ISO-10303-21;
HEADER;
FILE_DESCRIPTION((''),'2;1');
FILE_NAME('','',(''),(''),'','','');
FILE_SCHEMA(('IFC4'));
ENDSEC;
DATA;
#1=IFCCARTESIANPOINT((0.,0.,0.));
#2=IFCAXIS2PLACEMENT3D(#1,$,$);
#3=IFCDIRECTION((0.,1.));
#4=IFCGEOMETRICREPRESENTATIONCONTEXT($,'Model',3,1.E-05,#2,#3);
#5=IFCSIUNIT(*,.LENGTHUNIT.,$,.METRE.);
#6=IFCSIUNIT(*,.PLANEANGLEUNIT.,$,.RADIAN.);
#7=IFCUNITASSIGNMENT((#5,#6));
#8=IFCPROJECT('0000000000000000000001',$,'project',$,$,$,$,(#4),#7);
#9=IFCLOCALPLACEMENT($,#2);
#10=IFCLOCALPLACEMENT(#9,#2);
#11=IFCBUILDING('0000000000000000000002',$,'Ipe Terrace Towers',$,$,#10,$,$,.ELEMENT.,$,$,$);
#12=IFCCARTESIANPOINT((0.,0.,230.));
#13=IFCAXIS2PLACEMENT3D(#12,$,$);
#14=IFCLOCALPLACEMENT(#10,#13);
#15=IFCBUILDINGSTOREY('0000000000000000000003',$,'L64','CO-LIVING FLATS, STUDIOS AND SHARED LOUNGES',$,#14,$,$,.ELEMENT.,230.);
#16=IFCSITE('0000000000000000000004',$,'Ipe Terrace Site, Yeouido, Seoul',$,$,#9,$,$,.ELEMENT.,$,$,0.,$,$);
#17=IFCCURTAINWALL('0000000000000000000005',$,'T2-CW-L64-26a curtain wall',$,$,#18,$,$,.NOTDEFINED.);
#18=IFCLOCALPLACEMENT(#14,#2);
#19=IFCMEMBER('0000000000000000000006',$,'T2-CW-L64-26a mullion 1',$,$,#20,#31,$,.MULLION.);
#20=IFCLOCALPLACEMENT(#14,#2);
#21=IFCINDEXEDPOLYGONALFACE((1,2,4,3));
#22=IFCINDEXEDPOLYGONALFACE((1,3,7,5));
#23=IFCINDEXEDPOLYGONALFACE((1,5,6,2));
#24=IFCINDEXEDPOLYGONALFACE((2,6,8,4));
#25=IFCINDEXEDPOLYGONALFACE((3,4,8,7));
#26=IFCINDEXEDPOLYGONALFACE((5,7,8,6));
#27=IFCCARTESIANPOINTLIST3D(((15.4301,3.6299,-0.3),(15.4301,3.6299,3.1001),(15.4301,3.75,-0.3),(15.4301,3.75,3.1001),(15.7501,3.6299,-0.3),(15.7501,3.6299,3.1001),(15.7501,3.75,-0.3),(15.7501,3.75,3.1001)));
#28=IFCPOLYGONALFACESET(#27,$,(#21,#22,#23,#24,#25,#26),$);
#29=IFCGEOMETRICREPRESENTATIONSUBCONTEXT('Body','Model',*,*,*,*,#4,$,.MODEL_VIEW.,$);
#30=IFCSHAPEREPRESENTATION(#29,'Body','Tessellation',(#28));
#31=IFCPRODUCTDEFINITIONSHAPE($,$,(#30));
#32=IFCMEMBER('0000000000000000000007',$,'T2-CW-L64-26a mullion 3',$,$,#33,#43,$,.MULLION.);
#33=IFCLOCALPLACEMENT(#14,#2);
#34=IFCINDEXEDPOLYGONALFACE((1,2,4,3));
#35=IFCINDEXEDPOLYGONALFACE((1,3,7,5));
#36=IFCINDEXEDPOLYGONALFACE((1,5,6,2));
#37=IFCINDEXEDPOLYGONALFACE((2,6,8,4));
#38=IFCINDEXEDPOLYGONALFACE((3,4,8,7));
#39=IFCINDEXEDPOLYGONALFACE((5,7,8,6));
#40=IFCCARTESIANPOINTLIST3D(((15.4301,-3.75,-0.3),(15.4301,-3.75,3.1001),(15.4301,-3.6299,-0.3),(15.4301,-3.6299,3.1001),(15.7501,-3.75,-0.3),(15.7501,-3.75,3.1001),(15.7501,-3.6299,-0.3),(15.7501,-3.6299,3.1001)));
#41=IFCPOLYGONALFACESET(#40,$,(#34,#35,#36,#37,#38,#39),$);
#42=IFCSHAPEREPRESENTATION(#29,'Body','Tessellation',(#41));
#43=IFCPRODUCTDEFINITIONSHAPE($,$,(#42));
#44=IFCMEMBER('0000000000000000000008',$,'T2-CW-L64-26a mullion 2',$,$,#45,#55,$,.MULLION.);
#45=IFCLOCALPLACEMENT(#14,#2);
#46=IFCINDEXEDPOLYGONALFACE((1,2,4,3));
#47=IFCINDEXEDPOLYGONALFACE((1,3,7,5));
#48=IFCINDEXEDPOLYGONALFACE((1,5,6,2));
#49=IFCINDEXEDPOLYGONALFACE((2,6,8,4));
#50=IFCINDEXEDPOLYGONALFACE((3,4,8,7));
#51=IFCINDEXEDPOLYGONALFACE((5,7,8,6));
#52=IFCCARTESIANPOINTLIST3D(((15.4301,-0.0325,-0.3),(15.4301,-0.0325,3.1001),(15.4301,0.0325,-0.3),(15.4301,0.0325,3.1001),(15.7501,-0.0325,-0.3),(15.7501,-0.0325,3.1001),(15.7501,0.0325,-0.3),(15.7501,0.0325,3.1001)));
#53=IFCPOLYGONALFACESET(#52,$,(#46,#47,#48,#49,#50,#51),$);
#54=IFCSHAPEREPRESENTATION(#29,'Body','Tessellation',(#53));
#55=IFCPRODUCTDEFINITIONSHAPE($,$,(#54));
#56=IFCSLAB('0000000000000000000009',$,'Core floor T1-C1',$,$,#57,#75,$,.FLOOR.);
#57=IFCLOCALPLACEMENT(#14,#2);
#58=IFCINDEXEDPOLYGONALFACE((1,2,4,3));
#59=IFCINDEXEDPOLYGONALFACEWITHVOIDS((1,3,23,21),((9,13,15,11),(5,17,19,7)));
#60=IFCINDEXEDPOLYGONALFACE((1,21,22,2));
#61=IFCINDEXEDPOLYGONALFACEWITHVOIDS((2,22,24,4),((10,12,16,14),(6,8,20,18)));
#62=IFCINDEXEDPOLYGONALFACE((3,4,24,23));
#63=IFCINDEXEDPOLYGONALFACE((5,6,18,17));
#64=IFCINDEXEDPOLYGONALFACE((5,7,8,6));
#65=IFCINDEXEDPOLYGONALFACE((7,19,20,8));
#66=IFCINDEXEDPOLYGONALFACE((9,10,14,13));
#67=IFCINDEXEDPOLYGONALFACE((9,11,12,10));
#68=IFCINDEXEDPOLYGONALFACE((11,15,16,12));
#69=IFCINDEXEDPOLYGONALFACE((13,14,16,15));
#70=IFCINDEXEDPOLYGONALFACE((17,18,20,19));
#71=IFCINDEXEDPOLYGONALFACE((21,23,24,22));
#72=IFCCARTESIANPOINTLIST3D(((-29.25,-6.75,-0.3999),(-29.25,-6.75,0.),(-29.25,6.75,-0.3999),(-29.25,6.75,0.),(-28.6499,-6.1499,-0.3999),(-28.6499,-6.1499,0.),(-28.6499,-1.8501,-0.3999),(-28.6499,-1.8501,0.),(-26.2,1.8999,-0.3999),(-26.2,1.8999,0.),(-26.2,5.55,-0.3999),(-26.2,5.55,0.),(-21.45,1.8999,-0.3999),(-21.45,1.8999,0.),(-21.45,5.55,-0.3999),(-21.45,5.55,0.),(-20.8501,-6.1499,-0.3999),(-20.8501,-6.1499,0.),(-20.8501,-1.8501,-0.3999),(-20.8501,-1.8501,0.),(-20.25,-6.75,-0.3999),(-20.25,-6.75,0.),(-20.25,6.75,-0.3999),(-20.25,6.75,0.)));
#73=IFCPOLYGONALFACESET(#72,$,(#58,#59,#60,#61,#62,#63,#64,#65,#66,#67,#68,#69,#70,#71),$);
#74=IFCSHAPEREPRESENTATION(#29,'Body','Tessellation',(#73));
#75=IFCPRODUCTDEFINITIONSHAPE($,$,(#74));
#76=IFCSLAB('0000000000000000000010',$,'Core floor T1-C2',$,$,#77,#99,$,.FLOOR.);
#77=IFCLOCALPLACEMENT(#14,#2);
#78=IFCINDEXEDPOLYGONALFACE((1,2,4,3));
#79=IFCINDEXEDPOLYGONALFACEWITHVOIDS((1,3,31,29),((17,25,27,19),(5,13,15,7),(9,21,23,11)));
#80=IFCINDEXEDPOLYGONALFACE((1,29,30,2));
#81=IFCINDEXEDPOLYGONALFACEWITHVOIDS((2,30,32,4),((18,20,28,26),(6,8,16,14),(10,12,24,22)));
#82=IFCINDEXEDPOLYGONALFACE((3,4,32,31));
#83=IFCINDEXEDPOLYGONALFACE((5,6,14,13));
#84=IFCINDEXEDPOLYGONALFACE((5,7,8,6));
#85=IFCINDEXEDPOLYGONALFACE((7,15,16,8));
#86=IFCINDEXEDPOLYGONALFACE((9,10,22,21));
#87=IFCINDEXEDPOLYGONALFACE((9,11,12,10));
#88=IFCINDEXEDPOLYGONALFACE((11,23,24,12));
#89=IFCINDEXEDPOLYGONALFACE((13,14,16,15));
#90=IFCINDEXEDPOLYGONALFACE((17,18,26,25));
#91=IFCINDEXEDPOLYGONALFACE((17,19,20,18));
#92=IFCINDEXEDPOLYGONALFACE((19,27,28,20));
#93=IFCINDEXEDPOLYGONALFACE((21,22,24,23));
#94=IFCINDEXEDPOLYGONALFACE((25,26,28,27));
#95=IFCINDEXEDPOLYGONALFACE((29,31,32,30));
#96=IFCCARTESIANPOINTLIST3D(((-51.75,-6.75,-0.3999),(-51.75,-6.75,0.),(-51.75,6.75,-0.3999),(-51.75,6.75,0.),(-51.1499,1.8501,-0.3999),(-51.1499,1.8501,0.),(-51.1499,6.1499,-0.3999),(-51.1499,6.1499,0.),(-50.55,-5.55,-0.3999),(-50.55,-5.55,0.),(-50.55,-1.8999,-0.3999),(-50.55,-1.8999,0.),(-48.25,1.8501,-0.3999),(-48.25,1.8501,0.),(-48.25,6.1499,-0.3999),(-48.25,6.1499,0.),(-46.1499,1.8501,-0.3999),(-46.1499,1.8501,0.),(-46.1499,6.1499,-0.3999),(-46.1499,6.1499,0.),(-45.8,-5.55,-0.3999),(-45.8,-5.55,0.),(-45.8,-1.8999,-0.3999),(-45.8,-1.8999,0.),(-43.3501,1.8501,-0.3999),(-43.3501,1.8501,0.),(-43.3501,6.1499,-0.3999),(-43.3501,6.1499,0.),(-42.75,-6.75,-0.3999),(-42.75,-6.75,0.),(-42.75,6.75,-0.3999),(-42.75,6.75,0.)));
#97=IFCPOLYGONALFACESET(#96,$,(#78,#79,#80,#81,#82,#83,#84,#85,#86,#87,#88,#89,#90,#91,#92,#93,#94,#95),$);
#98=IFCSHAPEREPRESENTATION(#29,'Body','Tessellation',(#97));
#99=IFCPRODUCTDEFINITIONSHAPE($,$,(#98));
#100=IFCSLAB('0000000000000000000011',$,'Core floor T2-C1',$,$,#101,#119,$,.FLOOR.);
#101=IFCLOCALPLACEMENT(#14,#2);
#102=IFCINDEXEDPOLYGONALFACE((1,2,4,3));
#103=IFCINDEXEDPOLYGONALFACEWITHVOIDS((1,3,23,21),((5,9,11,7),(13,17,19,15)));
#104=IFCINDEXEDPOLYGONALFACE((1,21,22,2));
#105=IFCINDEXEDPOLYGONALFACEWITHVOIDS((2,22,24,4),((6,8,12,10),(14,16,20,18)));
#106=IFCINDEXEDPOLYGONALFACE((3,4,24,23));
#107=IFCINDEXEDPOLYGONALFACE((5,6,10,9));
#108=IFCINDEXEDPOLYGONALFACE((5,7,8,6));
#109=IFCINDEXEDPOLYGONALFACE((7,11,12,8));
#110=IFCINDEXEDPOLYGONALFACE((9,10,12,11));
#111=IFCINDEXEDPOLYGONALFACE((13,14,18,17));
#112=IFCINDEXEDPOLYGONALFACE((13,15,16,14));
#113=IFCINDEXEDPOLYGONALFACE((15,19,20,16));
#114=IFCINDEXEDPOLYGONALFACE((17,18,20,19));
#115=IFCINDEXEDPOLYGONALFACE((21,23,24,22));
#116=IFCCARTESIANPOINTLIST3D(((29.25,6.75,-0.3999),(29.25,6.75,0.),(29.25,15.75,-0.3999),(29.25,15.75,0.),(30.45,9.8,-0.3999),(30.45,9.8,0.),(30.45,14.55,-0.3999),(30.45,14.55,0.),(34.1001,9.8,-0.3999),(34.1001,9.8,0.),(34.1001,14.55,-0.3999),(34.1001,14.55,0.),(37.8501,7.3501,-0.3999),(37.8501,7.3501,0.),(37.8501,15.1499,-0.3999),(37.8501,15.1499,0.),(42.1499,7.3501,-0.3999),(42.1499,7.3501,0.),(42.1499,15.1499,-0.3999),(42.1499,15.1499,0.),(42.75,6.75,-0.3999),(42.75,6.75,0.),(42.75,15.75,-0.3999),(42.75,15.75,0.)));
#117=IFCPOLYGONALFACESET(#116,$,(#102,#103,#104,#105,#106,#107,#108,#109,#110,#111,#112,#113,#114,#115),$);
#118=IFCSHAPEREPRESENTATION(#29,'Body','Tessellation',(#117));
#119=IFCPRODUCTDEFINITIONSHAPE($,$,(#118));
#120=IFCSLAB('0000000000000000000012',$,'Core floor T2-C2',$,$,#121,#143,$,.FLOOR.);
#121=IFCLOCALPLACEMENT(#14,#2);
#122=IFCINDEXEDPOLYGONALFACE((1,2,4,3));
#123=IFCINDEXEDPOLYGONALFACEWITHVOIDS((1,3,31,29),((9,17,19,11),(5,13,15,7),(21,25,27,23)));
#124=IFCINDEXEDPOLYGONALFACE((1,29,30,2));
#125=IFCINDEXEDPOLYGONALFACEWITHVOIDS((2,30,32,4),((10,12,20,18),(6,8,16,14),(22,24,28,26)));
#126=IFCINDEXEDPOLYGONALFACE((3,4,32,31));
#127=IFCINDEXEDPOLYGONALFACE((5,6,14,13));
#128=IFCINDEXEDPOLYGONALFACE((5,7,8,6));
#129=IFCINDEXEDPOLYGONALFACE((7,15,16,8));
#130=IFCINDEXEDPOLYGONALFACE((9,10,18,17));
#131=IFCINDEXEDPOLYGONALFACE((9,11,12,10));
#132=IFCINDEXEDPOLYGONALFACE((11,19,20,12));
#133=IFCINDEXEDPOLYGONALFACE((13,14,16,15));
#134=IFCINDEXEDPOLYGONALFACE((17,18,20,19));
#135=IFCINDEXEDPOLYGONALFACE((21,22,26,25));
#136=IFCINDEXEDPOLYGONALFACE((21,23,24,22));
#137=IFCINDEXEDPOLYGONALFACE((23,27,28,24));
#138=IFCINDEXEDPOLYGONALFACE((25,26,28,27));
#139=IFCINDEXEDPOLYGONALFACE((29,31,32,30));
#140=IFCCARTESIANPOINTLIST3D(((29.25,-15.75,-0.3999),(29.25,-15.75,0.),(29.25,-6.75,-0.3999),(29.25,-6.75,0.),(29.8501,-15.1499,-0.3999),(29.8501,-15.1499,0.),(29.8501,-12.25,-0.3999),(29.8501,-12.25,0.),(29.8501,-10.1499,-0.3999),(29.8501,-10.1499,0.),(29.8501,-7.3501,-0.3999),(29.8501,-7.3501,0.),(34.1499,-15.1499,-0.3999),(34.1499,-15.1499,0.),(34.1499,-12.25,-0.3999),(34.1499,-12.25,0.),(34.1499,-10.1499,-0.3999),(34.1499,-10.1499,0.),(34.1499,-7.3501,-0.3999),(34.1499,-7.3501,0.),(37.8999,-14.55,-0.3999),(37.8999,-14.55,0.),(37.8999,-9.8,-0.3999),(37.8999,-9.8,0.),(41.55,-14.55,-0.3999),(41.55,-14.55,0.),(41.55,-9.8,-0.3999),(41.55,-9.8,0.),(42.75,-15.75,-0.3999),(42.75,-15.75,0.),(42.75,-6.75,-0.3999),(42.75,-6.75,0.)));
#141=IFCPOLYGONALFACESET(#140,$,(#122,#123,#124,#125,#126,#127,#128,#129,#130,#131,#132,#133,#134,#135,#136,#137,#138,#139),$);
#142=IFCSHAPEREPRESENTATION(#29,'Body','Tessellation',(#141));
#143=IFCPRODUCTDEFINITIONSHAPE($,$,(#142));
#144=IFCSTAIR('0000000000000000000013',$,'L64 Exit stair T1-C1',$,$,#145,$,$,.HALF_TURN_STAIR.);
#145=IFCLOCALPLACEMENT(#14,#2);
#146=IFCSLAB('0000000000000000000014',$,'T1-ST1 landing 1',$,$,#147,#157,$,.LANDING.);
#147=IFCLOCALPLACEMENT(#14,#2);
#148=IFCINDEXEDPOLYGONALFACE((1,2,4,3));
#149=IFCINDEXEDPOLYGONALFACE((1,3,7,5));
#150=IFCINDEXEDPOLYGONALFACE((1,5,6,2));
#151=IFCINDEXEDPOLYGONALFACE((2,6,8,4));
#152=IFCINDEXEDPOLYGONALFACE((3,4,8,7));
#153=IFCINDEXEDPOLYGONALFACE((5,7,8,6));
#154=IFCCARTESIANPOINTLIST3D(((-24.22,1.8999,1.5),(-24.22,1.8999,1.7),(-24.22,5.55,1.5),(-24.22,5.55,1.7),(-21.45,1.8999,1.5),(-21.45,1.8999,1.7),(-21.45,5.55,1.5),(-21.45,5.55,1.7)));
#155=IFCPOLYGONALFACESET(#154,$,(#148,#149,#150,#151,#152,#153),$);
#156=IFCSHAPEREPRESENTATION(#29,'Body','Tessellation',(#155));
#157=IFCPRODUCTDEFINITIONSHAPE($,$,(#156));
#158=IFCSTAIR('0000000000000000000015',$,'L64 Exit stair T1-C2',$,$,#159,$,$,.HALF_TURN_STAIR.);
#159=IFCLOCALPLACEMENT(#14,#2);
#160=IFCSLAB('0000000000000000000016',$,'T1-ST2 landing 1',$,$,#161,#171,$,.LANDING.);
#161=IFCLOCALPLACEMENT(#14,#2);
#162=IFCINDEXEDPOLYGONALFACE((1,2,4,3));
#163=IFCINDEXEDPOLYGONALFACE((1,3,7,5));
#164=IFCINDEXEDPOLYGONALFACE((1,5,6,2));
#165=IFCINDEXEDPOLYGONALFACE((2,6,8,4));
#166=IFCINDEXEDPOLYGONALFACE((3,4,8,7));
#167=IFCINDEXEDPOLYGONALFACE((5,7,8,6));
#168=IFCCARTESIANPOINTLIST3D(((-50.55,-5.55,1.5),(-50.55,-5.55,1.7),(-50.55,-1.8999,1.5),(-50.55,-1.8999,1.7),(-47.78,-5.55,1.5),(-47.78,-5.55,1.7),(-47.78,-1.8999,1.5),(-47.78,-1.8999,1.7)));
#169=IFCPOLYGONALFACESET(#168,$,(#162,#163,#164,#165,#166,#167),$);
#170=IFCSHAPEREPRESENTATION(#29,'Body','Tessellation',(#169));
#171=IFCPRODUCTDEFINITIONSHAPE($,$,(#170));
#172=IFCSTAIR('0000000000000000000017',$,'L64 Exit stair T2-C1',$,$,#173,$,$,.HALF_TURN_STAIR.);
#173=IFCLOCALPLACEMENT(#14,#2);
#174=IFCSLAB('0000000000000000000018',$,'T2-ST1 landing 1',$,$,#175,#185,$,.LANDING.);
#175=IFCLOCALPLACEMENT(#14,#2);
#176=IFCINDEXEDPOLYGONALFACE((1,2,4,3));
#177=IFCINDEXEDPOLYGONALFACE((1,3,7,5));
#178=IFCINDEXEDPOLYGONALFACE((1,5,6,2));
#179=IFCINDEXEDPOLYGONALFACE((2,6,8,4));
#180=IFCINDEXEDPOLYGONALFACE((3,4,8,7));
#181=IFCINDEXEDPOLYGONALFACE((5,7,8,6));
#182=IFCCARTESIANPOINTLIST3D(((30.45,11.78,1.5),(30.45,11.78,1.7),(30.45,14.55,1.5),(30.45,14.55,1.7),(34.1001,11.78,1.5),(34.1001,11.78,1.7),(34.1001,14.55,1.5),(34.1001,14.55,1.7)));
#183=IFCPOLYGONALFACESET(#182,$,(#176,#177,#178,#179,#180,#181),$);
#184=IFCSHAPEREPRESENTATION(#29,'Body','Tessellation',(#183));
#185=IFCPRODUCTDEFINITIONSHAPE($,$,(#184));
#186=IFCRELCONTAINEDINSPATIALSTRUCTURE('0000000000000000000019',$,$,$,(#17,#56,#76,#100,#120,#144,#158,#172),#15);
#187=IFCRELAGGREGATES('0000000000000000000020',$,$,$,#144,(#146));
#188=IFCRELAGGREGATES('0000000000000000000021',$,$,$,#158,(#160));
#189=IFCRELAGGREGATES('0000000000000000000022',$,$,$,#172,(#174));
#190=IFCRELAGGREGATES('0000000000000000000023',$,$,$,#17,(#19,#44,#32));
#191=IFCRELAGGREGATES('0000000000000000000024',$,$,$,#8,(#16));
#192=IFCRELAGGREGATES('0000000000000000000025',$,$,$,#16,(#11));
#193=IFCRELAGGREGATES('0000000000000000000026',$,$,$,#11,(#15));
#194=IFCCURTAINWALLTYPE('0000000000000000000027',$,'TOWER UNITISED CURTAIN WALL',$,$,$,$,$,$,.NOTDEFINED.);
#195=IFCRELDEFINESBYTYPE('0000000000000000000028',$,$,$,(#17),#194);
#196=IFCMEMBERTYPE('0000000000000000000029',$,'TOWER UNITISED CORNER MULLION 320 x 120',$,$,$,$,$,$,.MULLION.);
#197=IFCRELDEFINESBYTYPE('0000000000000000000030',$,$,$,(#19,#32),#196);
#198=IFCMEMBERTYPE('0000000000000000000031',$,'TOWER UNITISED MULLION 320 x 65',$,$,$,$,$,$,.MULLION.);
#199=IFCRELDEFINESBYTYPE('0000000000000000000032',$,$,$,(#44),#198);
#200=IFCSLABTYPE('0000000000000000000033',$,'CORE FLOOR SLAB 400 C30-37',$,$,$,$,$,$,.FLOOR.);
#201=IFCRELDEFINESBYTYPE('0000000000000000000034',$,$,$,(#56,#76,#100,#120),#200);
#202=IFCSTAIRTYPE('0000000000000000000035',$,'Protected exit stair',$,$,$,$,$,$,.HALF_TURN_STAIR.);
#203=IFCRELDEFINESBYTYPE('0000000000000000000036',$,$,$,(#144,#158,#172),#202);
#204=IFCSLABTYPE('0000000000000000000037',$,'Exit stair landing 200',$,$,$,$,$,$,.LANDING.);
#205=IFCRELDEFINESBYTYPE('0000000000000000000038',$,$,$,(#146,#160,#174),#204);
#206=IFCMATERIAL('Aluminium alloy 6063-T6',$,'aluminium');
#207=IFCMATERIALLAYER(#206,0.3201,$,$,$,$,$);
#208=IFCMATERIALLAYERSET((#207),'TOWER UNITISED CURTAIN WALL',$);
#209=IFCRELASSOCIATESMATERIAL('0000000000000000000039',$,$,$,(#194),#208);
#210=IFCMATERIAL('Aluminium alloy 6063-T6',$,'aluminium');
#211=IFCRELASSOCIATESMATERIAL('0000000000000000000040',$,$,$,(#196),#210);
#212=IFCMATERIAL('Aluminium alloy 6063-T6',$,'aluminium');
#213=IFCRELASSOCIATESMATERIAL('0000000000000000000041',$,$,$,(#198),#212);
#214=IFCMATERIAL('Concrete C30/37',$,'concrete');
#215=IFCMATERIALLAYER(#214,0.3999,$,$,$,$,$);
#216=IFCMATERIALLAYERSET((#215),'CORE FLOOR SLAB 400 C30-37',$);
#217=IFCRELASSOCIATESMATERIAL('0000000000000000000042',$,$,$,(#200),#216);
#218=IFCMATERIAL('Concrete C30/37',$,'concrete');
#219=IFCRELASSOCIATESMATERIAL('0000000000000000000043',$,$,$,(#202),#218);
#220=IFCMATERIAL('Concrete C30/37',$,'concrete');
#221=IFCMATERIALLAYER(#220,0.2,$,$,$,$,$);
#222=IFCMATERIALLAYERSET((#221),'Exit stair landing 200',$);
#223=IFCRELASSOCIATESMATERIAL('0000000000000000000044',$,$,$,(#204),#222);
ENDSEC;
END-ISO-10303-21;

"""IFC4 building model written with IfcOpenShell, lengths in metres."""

from ifc_helpers import new_model, si_unit, direction, frame, origin, origin_2d, place, context, subcontext, project, spatial, polyline, rectangle, outline, extrude, material, layer, layer_set, material_profile, profile_set, type_object, element, aggregate, save


model = new_model("IFC4")

# Units and contexts
model_context = context("Model", 3, precision=1e-05, world=origin(), true_north=direction((0.0, 1.0)))
body_context = subcontext(model_context, "Body", "Model", "MODEL_VIEW")
ifc_project = project(units=[si_unit("LENGTHUNIT", "METRE"), si_unit("PLANEANGLEUNIT", "RADIAN")], contexts=[model_context])

# Site, building, storey
site_placement = place(None, origin())
site = spatial("IfcSite", under=ifc_project, at=site_placement, Name="Ipe Terrace Site, Yeouido, Seoul", CompositionType="ELEMENT", RefElevation=0.0)
building_placement = place(site_placement, origin())
building = spatial("IfcBuilding", under=site, at=building_placement, Name="Ipe Terrace Towers", CompositionType="ELEMENT")
storey_placement = place(building_placement, frame((0.0, 0.0, 230.0)))
storey = spatial("IfcBuildingStorey", under=building, at=storey_placement, Name="L64", Description="CO-LIVING FLATS, STUDIOS AND SHARED LOUNGES", CompositionType="ELEMENT", Elevation=230.0)

# Curtain wall, members
ifc_material_1 = material(Name="Aluminium alloy 6063-T6", Category="aluminium")
ifc_layer_1 = layer(ifc_material_1, 0.3201)
ifc_layer_set_1 = layer_set([ifc_layer_1], Name="TOWER UNITISED CURTAIN WALL")
curtain_wall_type = type_object("IfcCurtainWallType", Name="TOWER UNITISED CURTAIN WALL", PredefinedType="NOTDEFINED", material=ifc_layer_set_1)
curtain_wall_placement = place(storey_placement, origin())
curtain_wall = element("IfcCurtainWall", 1, at=curtain_wall_placement, inside=storey, type_object=curtain_wall_type, Name="T2-CW-L64-26a curtain wall", PredefinedType="NOTDEFINED")
ifc_material_2 = material(Name="Aluminium alloy 6063-T6", Category="aluminium")
ifc_material_profile_1 = material_profile(ifc_material_2, rectangle(XDim=0.3201, YDim=0.1201, at=origin_2d()), Name="TOWER UNITISED CORNER MULLION 320 x 120")
ifc_profile_set_1 = profile_set([ifc_material_profile_1], Name="Aluminium alloy 6063-T6")
member_type_1 = type_object("IfcMemberType", Name="TOWER UNITISED CORNER MULLION 320 x 120", PredefinedType="MULLION", material=ifc_profile_set_1)
member_1_placement = place(storey_placement, frame((15.5901, 3.6899, -0.3), z_axis=(0.0, 0.0, 1.0), x_axis=(-1.0, 0.0, 0.0)))
member_1 = element("IfcMember", 2, at=member_1_placement, type_object=member_type_1, Name="T2-CW-L64-26a mullion 1", PredefinedType="MULLION", context=body_context, shape_type="SweptSolid", body=[
    extrude(rectangle(XDim=0.3201, YDim=0.1201, at=origin_2d()), origin(), (0.0, 0.0, 1.0), 3.4001),
])
member_2_placement = place(storey_placement, frame((15.5901, -3.6899, -0.3), z_axis=(0.0, 0.0, 1.0), x_axis=(-1.0, 0.0, 0.0)))
member_2 = element("IfcMember", 3, at=member_2_placement, type_object=member_type_1, Name="T2-CW-L64-26a mullion 3", PredefinedType="MULLION", context=body_context, shape_type="SweptSolid", body=[
    extrude(rectangle(XDim=0.3201, YDim=0.1201, at=origin_2d()), origin(), (0.0, 0.0, 1.0), 3.4001),
])
ifc_material_3 = material(Name="Aluminium alloy 6063-T6", Category="aluminium")
ifc_material_profile_2 = material_profile(ifc_material_3, rectangle(XDim=0.3201, YDim=0.0649, at=origin_2d()), Name="TOWER UNITISED MULLION 320 x 65")
ifc_profile_set_2 = profile_set([ifc_material_profile_2], Name="Aluminium alloy 6063-T6")
member_type_2 = type_object("IfcMemberType", Name="TOWER UNITISED MULLION 320 x 65", PredefinedType="MULLION", material=ifc_profile_set_2)
member_3_placement = place(storey_placement, frame((15.5901, 0.0, -0.3), z_axis=(0.0, 0.0, 1.0), x_axis=(-1.0, 0.0, 0.0)))
member_3 = element("IfcMember", 4, at=member_3_placement, type_object=member_type_2, Name="T2-CW-L64-26a mullion 2", PredefinedType="MULLION", context=body_context, shape_type="SweptSolid", body=[
    extrude(rectangle(XDim=0.3201, YDim=0.0649, at=origin_2d()), origin(), (0.0, 0.0, 1.0), 3.4001),
])

# Slabs
ifc_material_4 = material(Name="Concrete C30/37", Category="concrete")
ifc_layer_2 = layer(ifc_material_4, 0.3999)
ifc_layer_set_2 = layer_set([ifc_layer_2], Name="CORE FLOOR SLAB 400 C30-37")
slab_type_1 = type_object("IfcSlabType", Name="CORE FLOOR SLAB 400 C30-37", PredefinedType="FLOOR", material=ifc_layer_set_2)
slab_1_placement = place(storey_placement, frame((0.0, 0.0, -0.3999)))
element("IfcSlab", 5, at=slab_1_placement, inside=storey, type_object=slab_type_1, Name="Core floor T1-C1", PredefinedType="FLOOR", context=body_context, shape_type="SweptSolid", body=[
    extrude(outline(polyline([(-29.25, -6.75), (-29.25, 6.75), (-20.25, 6.75), (-20.25, -6.75), (-29.25, -6.75)]), holes=[polyline([(-28.6499, -6.1499), (-20.8501, -6.1499), (-20.8501, -1.8501), (-28.6499, -1.8501), (-28.6499, -6.1499)]), polyline([(-26.2, 5.55), (-26.2, 1.8999), (-21.45, 1.8999), (-21.45, 5.55), (-26.2, 5.55)])]), origin(), (0.0, 0.0, 1.0), 0.3999),
])
slab_2_placement = place(storey_placement, frame((0.0, 0.0, -0.3999)))
element("IfcSlab", 6, at=slab_2_placement, inside=storey, type_object=slab_type_1, Name="Core floor T1-C2", PredefinedType="FLOOR", context=body_context, shape_type="SweptSolid", body=[
    extrude(outline(polyline([(-51.75, -6.75), (-51.75, 6.75), (-42.75, 6.75), (-42.75, -6.75), (-51.75, -6.75)]), holes=[polyline([(-45.8, -1.8999), (-50.55, -1.8999), (-50.55, -5.55), (-45.8, -5.55), (-45.8, -1.8999)]), polyline([(-48.25, 1.8501), (-48.25, 6.1499), (-51.1499, 6.1499), (-51.1499, 1.8501), (-48.25, 1.8501)]), polyline([(-43.3501, 1.8501), (-43.3501, 6.1499), (-46.1499, 6.1499), (-46.1499, 1.8501), (-43.3501, 1.8501)])]), origin(), (0.0, 0.0, 1.0), 0.3999),
])
slab_3_placement = place(storey_placement, frame((0.0, 0.0, -0.3999)))
element("IfcSlab", 7, at=slab_3_placement, inside=storey, type_object=slab_type_1, Name="Core floor T2-C1", PredefinedType="FLOOR", context=body_context, shape_type="SweptSolid", body=[
    extrude(outline(polyline([(29.25, 6.75), (29.25, 15.75), (42.75, 15.75), (42.75, 6.75), (29.25, 6.75)]), holes=[polyline([(42.1499, 7.3501), (42.1499, 15.1499), (37.8501, 15.1499), (37.8501, 7.3501), (42.1499, 7.3501)]), polyline([(30.45, 9.8), (34.1001, 9.8), (34.1001, 14.55), (30.45, 14.55), (30.45, 9.8)])]), origin(), (0.0, 0.0, 1.0), 0.3999),
])
slab_4_placement = place(storey_placement, frame((0.0, 0.0, -0.3999)))
element("IfcSlab", 8, at=slab_4_placement, inside=storey, type_object=slab_type_1, Name="Core floor T2-C2", PredefinedType="FLOOR", context=body_context, shape_type="SweptSolid", body=[
    extrude(outline(polyline([(29.25, -15.75), (29.25, -6.75), (42.75, -6.75), (42.75, -15.75), (29.25, -15.75)]), holes=[polyline([(29.8501, -12.25), (29.8501, -15.1499), (34.1499, -15.1499), (34.1499, -12.25), (29.8501, -12.25)]), polyline([(41.55, -9.8), (37.8999, -9.8), (37.8999, -14.55), (41.55, -14.55), (41.55, -9.8)]), polyline([(34.1499, -7.3501), (29.8501, -7.3501), (29.8501, -10.1499), (34.1499, -10.1499), (34.1499, -7.3501)])]), origin(), (0.0, 0.0, 1.0), 0.3999),
])

# Stairs, slabs
ifc_material_5 = material(Name="Concrete C30/37", Category="concrete")
stair_type = type_object("IfcStairType", Name="Protected exit stair", PredefinedType="HALF_TURN_STAIR", material=ifc_material_5)
stair_1_placement = place(storey_placement, origin())
stair_1 = element("IfcStair", 9, at=stair_1_placement, inside=storey, type_object=stair_type, Name="L64 Exit stair T1-C1", PredefinedType="HALF_TURN_STAIR")
ifc_material_6 = material(Name="Concrete C30/37", Category="concrete")
ifc_layer_3 = layer(ifc_material_6, 0.2)
ifc_layer_set_3 = layer_set([ifc_layer_3], Name="Exit stair landing 200")
slab_type_2 = type_object("IfcSlabType", Name="Exit stair landing 200", PredefinedType="LANDING", material=ifc_layer_set_3)
slab_5_placement = place(storey_placement, frame((0.0, 0.0, 1.5)))
slab_5 = element("IfcSlab", 10, at=slab_5_placement, type_object=slab_type_2, Name="T1-ST1 landing 1", PredefinedType="LANDING", context=body_context, shape_type="SweptSolid", body=[
    extrude(outline(polyline([(-24.22, 1.8999), (-21.45, 1.8999), (-21.45, 5.55), (-24.22, 5.55), (-24.22, 1.8999)])), origin(), (0.0, 0.0, 1.0), 0.2),
])
aggregate(stair_1, [slab_5])
stair_2_placement = place(storey_placement, origin())
stair_2 = element("IfcStair", 11, at=stair_2_placement, inside=storey, type_object=stair_type, Name="L64 Exit stair T1-C2", PredefinedType="HALF_TURN_STAIR")
slab_6_placement = place(storey_placement, frame((0.0, 0.0, 1.5)))
slab_6 = element("IfcSlab", 12, at=slab_6_placement, type_object=slab_type_2, Name="T1-ST2 landing 1", PredefinedType="LANDING", context=body_context, shape_type="SweptSolid", body=[
    extrude(outline(polyline([(-47.78, -1.8999), (-50.55, -1.8999), (-50.55, -5.55), (-47.78, -5.55), (-47.78, -1.8999)])), origin(), (0.0, 0.0, 1.0), 0.2),
])
aggregate(stair_2, [slab_6])
stair_3_placement = place(storey_placement, origin())
stair_3 = element("IfcStair", 13, at=stair_3_placement, inside=storey, type_object=stair_type, Name="L64 Exit stair T2-C1", PredefinedType="HALF_TURN_STAIR")
slab_7_placement = place(storey_placement, frame((0.0, 0.0, 1.5)))
slab_7 = element("IfcSlab", 14, at=slab_7_placement, type_object=slab_type_2, Name="T2-ST1 landing 1", PredefinedType="LANDING", context=body_context, shape_type="SweptSolid", body=[
    extrude(outline(polyline([(34.1001, 11.78), (34.1001, 14.55), (30.45, 14.55), (30.45, 11.78), (34.1001, 11.78)])), origin(), (0.0, 0.0, 1.0), 0.2),
])
aggregate(stair_3, [slab_7])

aggregate(curtain_wall, [member_1, member_3, member_2])

save(model, "model.ifc")
